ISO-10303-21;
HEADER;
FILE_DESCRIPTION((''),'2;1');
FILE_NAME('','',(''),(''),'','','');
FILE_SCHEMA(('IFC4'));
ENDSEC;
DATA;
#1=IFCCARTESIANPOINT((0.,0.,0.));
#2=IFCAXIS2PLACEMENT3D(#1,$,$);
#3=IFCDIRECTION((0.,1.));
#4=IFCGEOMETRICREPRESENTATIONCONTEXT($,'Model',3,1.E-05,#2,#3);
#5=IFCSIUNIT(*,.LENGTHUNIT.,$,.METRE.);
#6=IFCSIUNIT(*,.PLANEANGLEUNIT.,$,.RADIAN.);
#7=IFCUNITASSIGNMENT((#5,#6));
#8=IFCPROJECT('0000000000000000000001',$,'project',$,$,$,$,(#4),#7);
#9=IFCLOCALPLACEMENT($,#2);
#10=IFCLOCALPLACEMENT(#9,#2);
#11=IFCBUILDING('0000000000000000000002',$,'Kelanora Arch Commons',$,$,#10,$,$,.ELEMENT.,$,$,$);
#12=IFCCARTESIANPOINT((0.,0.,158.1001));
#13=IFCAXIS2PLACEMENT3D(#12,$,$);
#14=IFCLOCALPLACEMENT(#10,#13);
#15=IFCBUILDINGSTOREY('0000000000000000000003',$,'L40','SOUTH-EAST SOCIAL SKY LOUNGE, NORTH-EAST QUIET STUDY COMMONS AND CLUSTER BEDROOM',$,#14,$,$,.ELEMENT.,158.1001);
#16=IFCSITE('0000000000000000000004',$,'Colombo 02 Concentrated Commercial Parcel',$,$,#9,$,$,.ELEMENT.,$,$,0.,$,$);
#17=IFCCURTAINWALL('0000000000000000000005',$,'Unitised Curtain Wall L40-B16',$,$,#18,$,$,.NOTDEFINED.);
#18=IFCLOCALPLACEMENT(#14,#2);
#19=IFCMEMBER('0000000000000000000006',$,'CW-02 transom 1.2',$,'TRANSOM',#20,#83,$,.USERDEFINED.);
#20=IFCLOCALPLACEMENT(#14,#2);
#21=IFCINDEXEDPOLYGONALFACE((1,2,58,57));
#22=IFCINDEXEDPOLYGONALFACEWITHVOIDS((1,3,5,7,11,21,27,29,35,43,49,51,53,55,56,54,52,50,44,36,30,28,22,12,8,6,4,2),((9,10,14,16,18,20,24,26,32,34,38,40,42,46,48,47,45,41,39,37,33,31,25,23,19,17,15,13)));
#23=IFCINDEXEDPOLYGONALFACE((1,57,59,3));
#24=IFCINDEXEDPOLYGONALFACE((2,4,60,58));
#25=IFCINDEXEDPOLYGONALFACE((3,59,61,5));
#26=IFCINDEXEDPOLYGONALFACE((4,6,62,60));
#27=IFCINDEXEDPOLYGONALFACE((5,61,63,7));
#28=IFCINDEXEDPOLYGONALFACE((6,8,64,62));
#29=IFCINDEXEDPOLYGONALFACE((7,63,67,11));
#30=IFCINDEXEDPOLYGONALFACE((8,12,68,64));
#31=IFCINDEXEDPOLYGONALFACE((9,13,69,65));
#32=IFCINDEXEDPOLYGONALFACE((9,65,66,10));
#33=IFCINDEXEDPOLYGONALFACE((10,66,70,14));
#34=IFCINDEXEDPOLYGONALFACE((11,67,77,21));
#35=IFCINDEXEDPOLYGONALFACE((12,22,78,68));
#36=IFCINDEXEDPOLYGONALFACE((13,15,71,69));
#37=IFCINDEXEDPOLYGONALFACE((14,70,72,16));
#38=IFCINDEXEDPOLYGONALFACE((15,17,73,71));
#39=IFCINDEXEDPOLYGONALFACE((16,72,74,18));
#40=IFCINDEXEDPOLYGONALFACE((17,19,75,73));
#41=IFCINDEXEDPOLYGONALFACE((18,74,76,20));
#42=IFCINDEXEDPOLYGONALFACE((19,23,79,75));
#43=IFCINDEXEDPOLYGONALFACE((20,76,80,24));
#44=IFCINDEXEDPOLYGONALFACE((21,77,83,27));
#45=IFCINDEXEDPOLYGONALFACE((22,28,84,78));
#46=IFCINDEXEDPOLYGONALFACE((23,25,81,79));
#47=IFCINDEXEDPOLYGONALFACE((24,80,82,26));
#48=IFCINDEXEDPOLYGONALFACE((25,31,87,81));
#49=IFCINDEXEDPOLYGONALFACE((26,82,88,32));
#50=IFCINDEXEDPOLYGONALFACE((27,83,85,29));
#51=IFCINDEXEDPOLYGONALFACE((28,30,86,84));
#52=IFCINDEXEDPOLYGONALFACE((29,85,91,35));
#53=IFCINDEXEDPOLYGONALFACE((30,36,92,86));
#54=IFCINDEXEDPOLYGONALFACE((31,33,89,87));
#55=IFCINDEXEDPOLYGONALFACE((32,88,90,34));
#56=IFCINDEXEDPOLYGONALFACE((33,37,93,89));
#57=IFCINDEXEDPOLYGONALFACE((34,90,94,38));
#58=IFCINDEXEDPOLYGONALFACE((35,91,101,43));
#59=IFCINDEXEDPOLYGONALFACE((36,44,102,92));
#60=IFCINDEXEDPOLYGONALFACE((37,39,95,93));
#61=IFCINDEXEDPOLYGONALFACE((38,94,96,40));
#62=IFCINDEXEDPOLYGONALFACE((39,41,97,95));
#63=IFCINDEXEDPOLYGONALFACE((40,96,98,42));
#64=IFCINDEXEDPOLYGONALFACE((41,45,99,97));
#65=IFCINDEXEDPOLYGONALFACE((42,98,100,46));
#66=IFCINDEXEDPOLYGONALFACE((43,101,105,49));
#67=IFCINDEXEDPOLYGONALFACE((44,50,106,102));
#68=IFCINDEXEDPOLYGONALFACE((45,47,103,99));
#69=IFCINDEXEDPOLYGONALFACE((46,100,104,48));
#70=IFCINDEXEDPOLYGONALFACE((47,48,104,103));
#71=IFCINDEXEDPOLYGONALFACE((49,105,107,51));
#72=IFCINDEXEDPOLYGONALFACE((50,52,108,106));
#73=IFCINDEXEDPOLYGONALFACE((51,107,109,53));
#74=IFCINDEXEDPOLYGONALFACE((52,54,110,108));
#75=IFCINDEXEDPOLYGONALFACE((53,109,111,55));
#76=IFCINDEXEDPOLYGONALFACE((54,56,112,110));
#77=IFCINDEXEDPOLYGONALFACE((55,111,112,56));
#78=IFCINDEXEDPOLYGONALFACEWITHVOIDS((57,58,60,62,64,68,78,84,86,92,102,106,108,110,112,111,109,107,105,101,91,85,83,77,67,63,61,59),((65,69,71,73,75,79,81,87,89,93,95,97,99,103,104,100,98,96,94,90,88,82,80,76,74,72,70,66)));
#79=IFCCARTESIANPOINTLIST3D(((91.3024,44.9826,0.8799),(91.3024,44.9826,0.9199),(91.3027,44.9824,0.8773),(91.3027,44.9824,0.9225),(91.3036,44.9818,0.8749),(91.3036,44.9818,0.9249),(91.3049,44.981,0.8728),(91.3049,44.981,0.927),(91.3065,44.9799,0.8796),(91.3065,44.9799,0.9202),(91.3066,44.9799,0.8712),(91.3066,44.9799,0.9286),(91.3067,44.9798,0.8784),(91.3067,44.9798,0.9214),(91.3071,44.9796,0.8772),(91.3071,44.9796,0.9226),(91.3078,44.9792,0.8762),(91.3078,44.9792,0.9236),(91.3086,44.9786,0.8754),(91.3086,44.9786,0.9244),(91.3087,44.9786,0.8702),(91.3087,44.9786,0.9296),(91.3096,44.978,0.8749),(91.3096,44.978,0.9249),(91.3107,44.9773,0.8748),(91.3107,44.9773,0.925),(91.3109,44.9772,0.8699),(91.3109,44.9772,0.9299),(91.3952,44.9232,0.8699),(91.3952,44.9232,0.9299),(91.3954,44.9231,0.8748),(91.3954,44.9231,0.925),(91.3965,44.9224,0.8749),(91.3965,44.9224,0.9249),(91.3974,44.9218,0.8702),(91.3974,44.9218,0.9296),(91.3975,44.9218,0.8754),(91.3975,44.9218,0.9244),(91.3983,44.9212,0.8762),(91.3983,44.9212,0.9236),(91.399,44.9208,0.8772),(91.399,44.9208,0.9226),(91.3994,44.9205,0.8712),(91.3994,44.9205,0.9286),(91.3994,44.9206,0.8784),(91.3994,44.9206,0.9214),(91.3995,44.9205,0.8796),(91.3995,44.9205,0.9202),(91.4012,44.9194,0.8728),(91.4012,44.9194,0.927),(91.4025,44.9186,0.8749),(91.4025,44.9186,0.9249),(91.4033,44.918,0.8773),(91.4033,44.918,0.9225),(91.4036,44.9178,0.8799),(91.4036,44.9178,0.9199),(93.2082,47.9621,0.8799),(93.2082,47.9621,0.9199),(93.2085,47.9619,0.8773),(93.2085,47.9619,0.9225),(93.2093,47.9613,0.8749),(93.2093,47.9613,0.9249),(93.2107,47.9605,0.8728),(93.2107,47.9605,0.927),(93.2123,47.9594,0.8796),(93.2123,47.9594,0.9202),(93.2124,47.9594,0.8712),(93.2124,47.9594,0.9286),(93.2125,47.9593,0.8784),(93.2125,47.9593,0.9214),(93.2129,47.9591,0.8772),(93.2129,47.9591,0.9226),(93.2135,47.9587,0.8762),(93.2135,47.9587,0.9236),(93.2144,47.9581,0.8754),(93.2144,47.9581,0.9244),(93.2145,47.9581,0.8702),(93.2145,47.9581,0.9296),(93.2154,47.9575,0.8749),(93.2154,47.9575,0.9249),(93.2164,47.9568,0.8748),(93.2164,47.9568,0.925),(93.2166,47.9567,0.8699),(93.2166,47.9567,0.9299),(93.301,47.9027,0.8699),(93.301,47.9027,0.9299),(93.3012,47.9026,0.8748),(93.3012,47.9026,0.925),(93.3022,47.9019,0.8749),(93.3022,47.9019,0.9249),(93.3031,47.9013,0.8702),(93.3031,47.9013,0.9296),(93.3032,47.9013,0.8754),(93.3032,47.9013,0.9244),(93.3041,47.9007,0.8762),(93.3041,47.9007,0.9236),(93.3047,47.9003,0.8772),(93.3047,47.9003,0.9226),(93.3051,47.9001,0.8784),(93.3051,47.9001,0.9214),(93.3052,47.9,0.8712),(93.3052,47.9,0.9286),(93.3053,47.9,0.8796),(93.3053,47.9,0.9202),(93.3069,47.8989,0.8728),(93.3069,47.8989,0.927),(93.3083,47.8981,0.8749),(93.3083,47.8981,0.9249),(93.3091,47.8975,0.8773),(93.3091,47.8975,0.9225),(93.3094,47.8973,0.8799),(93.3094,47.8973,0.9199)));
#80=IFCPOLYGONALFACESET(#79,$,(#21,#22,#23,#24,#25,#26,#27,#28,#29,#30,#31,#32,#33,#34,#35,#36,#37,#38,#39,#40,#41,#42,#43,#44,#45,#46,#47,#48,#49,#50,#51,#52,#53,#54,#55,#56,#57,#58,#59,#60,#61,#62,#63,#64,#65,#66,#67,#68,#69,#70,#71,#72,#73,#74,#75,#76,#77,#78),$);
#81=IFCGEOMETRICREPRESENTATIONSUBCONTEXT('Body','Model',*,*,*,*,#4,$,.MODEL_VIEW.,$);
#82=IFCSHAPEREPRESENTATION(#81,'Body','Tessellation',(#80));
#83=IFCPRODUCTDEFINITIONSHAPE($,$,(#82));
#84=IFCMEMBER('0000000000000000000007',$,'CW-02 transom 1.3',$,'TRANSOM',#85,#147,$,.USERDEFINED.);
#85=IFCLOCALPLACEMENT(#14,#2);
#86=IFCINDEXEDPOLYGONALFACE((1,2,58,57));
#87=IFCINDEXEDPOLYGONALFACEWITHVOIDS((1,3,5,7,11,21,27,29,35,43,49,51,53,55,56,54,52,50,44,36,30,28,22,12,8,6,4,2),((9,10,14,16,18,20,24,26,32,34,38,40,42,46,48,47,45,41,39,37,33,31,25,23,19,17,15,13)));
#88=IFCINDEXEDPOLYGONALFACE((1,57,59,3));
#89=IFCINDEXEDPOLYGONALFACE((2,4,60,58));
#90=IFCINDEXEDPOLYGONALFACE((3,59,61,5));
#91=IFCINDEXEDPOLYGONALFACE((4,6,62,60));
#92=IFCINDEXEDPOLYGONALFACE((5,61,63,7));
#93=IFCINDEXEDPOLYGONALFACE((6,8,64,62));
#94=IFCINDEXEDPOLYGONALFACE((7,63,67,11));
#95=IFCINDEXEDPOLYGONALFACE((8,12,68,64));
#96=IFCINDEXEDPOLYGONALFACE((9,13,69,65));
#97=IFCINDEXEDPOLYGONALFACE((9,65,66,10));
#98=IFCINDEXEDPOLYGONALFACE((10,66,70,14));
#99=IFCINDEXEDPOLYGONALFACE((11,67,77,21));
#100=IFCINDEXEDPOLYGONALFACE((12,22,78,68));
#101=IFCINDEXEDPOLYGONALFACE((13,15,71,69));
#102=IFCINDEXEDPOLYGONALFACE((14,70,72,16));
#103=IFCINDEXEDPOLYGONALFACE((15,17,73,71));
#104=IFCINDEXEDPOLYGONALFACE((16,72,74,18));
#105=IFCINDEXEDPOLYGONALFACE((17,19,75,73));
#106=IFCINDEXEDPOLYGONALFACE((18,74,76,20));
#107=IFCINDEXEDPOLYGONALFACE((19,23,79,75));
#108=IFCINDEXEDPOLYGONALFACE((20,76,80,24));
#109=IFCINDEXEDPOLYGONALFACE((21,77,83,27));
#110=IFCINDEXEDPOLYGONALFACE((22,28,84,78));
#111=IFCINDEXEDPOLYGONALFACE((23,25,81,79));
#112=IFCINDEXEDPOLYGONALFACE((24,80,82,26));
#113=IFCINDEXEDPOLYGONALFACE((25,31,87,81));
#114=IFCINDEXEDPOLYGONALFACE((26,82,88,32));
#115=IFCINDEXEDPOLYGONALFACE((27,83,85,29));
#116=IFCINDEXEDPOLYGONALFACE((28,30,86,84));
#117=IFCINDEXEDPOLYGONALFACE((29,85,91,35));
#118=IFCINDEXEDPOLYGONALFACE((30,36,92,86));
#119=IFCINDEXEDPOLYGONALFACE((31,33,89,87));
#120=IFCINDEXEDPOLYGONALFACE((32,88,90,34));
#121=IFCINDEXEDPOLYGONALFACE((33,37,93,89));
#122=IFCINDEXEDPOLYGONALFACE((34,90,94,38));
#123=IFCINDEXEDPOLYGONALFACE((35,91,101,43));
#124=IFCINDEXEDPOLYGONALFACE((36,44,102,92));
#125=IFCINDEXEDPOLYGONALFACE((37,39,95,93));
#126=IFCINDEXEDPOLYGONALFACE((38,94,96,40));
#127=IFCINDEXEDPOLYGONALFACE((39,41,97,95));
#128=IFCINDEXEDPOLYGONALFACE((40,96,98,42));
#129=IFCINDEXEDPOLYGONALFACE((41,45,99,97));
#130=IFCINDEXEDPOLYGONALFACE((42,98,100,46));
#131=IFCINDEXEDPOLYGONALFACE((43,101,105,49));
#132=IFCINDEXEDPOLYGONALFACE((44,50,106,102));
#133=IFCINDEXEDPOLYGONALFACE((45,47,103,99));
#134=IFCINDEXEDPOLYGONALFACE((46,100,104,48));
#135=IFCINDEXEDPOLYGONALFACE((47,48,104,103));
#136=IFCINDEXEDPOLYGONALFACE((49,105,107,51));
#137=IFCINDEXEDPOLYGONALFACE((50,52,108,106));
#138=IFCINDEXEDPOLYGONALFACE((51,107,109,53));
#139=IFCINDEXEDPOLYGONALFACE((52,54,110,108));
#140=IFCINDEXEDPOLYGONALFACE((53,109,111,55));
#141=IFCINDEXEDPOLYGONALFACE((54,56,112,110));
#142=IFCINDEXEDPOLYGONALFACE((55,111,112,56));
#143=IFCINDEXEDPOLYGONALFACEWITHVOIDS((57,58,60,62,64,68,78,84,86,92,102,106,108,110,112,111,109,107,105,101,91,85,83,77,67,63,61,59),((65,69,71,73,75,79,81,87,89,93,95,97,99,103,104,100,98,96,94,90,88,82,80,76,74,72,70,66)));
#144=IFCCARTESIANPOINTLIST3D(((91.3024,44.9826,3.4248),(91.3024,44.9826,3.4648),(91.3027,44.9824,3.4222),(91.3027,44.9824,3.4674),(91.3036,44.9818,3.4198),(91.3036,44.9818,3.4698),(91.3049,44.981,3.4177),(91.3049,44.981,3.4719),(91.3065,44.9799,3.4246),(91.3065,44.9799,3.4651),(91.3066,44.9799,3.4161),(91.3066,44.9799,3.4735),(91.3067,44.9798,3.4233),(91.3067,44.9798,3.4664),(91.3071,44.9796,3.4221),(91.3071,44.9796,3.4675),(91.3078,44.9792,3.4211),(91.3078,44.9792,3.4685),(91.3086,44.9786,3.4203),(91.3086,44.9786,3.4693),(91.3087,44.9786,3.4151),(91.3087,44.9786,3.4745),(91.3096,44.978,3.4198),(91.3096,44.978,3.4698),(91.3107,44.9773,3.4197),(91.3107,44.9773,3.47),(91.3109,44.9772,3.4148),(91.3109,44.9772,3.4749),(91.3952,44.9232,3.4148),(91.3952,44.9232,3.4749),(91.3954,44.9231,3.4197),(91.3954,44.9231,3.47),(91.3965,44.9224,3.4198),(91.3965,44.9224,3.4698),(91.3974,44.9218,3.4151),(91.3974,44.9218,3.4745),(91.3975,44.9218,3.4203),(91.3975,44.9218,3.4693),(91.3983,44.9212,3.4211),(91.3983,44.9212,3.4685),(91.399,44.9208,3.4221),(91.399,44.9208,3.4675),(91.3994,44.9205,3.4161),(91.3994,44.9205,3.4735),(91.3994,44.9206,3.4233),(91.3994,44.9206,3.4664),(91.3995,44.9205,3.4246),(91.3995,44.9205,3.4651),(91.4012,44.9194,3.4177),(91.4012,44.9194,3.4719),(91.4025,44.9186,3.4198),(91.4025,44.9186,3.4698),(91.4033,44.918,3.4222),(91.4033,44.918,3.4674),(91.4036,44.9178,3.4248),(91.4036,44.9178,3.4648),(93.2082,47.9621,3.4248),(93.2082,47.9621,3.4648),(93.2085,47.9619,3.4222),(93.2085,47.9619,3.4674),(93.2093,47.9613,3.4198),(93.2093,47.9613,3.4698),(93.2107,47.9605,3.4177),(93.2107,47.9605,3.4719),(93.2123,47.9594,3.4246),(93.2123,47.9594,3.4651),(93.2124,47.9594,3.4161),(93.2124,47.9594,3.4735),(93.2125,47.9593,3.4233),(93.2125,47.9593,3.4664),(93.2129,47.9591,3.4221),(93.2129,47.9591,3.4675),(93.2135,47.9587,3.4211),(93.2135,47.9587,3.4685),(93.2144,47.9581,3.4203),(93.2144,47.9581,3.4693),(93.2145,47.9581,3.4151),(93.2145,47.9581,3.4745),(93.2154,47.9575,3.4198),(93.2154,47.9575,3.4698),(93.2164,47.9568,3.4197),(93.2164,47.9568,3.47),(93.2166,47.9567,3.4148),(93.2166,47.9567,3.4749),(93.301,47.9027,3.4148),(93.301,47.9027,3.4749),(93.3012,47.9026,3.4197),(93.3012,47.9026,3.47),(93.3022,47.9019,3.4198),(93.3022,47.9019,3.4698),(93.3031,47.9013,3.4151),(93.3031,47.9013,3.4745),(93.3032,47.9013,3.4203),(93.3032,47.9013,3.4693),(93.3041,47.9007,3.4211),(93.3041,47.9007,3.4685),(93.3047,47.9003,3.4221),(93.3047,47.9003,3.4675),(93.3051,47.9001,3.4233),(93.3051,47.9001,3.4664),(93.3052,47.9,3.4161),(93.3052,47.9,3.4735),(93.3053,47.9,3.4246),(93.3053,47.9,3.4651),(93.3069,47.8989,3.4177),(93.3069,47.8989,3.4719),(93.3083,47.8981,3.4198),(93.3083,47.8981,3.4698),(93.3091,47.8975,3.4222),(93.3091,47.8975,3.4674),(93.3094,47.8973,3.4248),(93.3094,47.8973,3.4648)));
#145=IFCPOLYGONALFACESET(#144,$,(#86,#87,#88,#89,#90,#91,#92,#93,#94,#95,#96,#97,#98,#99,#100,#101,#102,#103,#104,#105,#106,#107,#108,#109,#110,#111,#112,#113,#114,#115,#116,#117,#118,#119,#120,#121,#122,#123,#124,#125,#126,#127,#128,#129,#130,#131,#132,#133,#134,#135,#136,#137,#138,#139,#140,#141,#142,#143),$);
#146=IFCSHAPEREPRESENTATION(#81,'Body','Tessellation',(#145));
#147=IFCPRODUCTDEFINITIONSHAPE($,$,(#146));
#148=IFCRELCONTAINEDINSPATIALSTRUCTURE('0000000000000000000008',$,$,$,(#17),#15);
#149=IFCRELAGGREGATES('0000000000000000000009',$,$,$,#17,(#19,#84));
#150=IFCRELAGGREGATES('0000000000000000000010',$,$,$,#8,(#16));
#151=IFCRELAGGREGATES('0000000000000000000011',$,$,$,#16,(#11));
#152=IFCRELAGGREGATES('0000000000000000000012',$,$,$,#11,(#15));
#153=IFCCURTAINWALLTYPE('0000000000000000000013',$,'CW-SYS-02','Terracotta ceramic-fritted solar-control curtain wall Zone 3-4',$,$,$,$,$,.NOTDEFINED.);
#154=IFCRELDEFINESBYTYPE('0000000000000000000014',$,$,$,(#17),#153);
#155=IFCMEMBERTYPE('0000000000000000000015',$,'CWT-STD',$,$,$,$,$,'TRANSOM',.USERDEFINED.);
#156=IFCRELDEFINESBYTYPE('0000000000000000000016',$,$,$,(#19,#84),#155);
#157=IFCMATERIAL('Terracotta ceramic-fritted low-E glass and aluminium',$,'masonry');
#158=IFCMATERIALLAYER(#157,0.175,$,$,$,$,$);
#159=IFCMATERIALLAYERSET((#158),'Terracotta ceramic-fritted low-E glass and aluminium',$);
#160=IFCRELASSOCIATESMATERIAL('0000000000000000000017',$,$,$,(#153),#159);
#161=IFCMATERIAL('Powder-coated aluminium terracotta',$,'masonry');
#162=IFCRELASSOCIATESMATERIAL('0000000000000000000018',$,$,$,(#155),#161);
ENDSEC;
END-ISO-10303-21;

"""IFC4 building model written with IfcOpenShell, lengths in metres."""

from ifc_helpers import new_model, si_unit, direction, frame, origin, origin_2d, place, context, subcontext, project, spatial, hollow_rectangle, extrude, material, layer, layer_set, material_profile, profile_set, type_object, element, aggregate, save


model = new_model("IFC4")

# Units and contexts
model_context = context("Model", 3, precision=1e-05, world=origin(), true_north=direction((0.0, 1.0)))
body_context = subcontext(model_context, "Body", "Model", "MODEL_VIEW")
ifc_project = project(units=[si_unit("LENGTHUNIT", "METRE"), si_unit("PLANEANGLEUNIT", "RADIAN")], contexts=[model_context])

# Site, building, storey
site_placement = place(None, origin())
site = spatial("IfcSite", under=ifc_project, at=site_placement, Name="Colombo 02 Concentrated Commercial Parcel", CompositionType="ELEMENT", RefElevation=0.0)
building_placement = place(site_placement, origin())
building = spatial("IfcBuilding", under=site, at=building_placement, Name="Kelanora Arch Commons", CompositionType="ELEMENT")
storey_placement = place(building_placement, frame((0.0, 0.0, 158.1001)))
storey = spatial("IfcBuildingStorey", under=building, at=storey_placement, Name="L40", Description="SOUTH-EAST SOCIAL SKY LOUNGE, NORTH-EAST QUIET STUDY COMMONS AND CLUSTER BEDROOM", CompositionType="ELEMENT", Elevation=158.1001)

# Shared definitions
ifc_material_1 = material(Name="Terracotta ceramic-fritted low-E glass and aluminium", Category="masonry")
ifc_layer_1 = layer(ifc_material_1, 0.175)
ifc_layer_set_1 = layer_set([ifc_layer_1], Name="Terracotta ceramic-fritted low-E glass and aluminium")
curtain_wall_type = type_object("IfcCurtainWallType", Name="CW-SYS-02", Description="Terracotta ceramic-fritted solar-control curtain wall Zone 3-4", PredefinedType="NOTDEFINED", material=ifc_layer_set_1)
ifc_material_2 = material(Name="Powder-coated aluminium terracotta", Category="masonry")

# Curtain wall, members
curtain_wall_1_placement = place(storey_placement, origin())
curtain_wall_1 = element("IfcCurtainWall", 1, at=curtain_wall_1_placement, inside=storey, type_object=curtain_wall_type, Name="Unitised Curtain Wall L40-B16", PredefinedType="NOTDEFINED")
ifc_material_profile_1 = material_profile(ifc_material_2, hollow_rectangle(XDim=0.1201, YDim=0.0601, WallThickness=0.0049, InnerFilletRadius=0.0049, OuterFilletRadius=0.01, at=origin_2d()), Name="CWT120x60")
ifc_profile_set_1 = profile_set([ifc_material_profile_1], Name="Powder-coated aluminium terracotta")
member_type_1 = type_object("IfcMemberType", Name="CWT-STD", ElementType="TRANSOM", PredefinedType="USERDEFINED", material=ifc_profile_set_1)
member_1_placement = place(storey_placement, frame((91.353, 44.9502, 0.8999), z_axis=(0.53883, 0.842414, 0.0), x_axis=(-0.842414, 0.53883, 0.0)))
member_1 = element("IfcMember", 2, at=member_1_placement, type_object=member_type_1, Name="CW-02 transom 1.2", ObjectType="TRANSOM", PredefinedType="USERDEFINED", context=body_context, shape_type="SweptSolid", body=[
    extrude(hollow_rectangle(XDim=0.1201, YDim=0.0601, WallThickness=0.0049, InnerFilletRadius=0.0049, OuterFilletRadius=0.01, at=origin_2d()), origin(), (0.0, 0.0, 1.0), 3.5369),
])
member_2_placement = place(storey_placement, frame((91.353, 44.9502, 3.4448), z_axis=(0.53883, 0.842414, 0.0), x_axis=(-0.842414, 0.53883, 0.0)))
member_2 = element("IfcMember", 3, at=member_2_placement, type_object=member_type_1, Name="CW-02 transom 1.3", ObjectType="TRANSOM", PredefinedType="USERDEFINED", context=body_context, shape_type="SweptSolid", body=[
    extrude(hollow_rectangle(XDim=0.1201, YDim=0.0601, WallThickness=0.0049, InnerFilletRadius=0.0049, OuterFilletRadius=0.01, at=origin_2d()), origin(), (0.0, 0.0, 1.0), 3.5369),
])

aggregate(curtain_wall_1, [member_1, member_2])

save(model, "model.ifc")
